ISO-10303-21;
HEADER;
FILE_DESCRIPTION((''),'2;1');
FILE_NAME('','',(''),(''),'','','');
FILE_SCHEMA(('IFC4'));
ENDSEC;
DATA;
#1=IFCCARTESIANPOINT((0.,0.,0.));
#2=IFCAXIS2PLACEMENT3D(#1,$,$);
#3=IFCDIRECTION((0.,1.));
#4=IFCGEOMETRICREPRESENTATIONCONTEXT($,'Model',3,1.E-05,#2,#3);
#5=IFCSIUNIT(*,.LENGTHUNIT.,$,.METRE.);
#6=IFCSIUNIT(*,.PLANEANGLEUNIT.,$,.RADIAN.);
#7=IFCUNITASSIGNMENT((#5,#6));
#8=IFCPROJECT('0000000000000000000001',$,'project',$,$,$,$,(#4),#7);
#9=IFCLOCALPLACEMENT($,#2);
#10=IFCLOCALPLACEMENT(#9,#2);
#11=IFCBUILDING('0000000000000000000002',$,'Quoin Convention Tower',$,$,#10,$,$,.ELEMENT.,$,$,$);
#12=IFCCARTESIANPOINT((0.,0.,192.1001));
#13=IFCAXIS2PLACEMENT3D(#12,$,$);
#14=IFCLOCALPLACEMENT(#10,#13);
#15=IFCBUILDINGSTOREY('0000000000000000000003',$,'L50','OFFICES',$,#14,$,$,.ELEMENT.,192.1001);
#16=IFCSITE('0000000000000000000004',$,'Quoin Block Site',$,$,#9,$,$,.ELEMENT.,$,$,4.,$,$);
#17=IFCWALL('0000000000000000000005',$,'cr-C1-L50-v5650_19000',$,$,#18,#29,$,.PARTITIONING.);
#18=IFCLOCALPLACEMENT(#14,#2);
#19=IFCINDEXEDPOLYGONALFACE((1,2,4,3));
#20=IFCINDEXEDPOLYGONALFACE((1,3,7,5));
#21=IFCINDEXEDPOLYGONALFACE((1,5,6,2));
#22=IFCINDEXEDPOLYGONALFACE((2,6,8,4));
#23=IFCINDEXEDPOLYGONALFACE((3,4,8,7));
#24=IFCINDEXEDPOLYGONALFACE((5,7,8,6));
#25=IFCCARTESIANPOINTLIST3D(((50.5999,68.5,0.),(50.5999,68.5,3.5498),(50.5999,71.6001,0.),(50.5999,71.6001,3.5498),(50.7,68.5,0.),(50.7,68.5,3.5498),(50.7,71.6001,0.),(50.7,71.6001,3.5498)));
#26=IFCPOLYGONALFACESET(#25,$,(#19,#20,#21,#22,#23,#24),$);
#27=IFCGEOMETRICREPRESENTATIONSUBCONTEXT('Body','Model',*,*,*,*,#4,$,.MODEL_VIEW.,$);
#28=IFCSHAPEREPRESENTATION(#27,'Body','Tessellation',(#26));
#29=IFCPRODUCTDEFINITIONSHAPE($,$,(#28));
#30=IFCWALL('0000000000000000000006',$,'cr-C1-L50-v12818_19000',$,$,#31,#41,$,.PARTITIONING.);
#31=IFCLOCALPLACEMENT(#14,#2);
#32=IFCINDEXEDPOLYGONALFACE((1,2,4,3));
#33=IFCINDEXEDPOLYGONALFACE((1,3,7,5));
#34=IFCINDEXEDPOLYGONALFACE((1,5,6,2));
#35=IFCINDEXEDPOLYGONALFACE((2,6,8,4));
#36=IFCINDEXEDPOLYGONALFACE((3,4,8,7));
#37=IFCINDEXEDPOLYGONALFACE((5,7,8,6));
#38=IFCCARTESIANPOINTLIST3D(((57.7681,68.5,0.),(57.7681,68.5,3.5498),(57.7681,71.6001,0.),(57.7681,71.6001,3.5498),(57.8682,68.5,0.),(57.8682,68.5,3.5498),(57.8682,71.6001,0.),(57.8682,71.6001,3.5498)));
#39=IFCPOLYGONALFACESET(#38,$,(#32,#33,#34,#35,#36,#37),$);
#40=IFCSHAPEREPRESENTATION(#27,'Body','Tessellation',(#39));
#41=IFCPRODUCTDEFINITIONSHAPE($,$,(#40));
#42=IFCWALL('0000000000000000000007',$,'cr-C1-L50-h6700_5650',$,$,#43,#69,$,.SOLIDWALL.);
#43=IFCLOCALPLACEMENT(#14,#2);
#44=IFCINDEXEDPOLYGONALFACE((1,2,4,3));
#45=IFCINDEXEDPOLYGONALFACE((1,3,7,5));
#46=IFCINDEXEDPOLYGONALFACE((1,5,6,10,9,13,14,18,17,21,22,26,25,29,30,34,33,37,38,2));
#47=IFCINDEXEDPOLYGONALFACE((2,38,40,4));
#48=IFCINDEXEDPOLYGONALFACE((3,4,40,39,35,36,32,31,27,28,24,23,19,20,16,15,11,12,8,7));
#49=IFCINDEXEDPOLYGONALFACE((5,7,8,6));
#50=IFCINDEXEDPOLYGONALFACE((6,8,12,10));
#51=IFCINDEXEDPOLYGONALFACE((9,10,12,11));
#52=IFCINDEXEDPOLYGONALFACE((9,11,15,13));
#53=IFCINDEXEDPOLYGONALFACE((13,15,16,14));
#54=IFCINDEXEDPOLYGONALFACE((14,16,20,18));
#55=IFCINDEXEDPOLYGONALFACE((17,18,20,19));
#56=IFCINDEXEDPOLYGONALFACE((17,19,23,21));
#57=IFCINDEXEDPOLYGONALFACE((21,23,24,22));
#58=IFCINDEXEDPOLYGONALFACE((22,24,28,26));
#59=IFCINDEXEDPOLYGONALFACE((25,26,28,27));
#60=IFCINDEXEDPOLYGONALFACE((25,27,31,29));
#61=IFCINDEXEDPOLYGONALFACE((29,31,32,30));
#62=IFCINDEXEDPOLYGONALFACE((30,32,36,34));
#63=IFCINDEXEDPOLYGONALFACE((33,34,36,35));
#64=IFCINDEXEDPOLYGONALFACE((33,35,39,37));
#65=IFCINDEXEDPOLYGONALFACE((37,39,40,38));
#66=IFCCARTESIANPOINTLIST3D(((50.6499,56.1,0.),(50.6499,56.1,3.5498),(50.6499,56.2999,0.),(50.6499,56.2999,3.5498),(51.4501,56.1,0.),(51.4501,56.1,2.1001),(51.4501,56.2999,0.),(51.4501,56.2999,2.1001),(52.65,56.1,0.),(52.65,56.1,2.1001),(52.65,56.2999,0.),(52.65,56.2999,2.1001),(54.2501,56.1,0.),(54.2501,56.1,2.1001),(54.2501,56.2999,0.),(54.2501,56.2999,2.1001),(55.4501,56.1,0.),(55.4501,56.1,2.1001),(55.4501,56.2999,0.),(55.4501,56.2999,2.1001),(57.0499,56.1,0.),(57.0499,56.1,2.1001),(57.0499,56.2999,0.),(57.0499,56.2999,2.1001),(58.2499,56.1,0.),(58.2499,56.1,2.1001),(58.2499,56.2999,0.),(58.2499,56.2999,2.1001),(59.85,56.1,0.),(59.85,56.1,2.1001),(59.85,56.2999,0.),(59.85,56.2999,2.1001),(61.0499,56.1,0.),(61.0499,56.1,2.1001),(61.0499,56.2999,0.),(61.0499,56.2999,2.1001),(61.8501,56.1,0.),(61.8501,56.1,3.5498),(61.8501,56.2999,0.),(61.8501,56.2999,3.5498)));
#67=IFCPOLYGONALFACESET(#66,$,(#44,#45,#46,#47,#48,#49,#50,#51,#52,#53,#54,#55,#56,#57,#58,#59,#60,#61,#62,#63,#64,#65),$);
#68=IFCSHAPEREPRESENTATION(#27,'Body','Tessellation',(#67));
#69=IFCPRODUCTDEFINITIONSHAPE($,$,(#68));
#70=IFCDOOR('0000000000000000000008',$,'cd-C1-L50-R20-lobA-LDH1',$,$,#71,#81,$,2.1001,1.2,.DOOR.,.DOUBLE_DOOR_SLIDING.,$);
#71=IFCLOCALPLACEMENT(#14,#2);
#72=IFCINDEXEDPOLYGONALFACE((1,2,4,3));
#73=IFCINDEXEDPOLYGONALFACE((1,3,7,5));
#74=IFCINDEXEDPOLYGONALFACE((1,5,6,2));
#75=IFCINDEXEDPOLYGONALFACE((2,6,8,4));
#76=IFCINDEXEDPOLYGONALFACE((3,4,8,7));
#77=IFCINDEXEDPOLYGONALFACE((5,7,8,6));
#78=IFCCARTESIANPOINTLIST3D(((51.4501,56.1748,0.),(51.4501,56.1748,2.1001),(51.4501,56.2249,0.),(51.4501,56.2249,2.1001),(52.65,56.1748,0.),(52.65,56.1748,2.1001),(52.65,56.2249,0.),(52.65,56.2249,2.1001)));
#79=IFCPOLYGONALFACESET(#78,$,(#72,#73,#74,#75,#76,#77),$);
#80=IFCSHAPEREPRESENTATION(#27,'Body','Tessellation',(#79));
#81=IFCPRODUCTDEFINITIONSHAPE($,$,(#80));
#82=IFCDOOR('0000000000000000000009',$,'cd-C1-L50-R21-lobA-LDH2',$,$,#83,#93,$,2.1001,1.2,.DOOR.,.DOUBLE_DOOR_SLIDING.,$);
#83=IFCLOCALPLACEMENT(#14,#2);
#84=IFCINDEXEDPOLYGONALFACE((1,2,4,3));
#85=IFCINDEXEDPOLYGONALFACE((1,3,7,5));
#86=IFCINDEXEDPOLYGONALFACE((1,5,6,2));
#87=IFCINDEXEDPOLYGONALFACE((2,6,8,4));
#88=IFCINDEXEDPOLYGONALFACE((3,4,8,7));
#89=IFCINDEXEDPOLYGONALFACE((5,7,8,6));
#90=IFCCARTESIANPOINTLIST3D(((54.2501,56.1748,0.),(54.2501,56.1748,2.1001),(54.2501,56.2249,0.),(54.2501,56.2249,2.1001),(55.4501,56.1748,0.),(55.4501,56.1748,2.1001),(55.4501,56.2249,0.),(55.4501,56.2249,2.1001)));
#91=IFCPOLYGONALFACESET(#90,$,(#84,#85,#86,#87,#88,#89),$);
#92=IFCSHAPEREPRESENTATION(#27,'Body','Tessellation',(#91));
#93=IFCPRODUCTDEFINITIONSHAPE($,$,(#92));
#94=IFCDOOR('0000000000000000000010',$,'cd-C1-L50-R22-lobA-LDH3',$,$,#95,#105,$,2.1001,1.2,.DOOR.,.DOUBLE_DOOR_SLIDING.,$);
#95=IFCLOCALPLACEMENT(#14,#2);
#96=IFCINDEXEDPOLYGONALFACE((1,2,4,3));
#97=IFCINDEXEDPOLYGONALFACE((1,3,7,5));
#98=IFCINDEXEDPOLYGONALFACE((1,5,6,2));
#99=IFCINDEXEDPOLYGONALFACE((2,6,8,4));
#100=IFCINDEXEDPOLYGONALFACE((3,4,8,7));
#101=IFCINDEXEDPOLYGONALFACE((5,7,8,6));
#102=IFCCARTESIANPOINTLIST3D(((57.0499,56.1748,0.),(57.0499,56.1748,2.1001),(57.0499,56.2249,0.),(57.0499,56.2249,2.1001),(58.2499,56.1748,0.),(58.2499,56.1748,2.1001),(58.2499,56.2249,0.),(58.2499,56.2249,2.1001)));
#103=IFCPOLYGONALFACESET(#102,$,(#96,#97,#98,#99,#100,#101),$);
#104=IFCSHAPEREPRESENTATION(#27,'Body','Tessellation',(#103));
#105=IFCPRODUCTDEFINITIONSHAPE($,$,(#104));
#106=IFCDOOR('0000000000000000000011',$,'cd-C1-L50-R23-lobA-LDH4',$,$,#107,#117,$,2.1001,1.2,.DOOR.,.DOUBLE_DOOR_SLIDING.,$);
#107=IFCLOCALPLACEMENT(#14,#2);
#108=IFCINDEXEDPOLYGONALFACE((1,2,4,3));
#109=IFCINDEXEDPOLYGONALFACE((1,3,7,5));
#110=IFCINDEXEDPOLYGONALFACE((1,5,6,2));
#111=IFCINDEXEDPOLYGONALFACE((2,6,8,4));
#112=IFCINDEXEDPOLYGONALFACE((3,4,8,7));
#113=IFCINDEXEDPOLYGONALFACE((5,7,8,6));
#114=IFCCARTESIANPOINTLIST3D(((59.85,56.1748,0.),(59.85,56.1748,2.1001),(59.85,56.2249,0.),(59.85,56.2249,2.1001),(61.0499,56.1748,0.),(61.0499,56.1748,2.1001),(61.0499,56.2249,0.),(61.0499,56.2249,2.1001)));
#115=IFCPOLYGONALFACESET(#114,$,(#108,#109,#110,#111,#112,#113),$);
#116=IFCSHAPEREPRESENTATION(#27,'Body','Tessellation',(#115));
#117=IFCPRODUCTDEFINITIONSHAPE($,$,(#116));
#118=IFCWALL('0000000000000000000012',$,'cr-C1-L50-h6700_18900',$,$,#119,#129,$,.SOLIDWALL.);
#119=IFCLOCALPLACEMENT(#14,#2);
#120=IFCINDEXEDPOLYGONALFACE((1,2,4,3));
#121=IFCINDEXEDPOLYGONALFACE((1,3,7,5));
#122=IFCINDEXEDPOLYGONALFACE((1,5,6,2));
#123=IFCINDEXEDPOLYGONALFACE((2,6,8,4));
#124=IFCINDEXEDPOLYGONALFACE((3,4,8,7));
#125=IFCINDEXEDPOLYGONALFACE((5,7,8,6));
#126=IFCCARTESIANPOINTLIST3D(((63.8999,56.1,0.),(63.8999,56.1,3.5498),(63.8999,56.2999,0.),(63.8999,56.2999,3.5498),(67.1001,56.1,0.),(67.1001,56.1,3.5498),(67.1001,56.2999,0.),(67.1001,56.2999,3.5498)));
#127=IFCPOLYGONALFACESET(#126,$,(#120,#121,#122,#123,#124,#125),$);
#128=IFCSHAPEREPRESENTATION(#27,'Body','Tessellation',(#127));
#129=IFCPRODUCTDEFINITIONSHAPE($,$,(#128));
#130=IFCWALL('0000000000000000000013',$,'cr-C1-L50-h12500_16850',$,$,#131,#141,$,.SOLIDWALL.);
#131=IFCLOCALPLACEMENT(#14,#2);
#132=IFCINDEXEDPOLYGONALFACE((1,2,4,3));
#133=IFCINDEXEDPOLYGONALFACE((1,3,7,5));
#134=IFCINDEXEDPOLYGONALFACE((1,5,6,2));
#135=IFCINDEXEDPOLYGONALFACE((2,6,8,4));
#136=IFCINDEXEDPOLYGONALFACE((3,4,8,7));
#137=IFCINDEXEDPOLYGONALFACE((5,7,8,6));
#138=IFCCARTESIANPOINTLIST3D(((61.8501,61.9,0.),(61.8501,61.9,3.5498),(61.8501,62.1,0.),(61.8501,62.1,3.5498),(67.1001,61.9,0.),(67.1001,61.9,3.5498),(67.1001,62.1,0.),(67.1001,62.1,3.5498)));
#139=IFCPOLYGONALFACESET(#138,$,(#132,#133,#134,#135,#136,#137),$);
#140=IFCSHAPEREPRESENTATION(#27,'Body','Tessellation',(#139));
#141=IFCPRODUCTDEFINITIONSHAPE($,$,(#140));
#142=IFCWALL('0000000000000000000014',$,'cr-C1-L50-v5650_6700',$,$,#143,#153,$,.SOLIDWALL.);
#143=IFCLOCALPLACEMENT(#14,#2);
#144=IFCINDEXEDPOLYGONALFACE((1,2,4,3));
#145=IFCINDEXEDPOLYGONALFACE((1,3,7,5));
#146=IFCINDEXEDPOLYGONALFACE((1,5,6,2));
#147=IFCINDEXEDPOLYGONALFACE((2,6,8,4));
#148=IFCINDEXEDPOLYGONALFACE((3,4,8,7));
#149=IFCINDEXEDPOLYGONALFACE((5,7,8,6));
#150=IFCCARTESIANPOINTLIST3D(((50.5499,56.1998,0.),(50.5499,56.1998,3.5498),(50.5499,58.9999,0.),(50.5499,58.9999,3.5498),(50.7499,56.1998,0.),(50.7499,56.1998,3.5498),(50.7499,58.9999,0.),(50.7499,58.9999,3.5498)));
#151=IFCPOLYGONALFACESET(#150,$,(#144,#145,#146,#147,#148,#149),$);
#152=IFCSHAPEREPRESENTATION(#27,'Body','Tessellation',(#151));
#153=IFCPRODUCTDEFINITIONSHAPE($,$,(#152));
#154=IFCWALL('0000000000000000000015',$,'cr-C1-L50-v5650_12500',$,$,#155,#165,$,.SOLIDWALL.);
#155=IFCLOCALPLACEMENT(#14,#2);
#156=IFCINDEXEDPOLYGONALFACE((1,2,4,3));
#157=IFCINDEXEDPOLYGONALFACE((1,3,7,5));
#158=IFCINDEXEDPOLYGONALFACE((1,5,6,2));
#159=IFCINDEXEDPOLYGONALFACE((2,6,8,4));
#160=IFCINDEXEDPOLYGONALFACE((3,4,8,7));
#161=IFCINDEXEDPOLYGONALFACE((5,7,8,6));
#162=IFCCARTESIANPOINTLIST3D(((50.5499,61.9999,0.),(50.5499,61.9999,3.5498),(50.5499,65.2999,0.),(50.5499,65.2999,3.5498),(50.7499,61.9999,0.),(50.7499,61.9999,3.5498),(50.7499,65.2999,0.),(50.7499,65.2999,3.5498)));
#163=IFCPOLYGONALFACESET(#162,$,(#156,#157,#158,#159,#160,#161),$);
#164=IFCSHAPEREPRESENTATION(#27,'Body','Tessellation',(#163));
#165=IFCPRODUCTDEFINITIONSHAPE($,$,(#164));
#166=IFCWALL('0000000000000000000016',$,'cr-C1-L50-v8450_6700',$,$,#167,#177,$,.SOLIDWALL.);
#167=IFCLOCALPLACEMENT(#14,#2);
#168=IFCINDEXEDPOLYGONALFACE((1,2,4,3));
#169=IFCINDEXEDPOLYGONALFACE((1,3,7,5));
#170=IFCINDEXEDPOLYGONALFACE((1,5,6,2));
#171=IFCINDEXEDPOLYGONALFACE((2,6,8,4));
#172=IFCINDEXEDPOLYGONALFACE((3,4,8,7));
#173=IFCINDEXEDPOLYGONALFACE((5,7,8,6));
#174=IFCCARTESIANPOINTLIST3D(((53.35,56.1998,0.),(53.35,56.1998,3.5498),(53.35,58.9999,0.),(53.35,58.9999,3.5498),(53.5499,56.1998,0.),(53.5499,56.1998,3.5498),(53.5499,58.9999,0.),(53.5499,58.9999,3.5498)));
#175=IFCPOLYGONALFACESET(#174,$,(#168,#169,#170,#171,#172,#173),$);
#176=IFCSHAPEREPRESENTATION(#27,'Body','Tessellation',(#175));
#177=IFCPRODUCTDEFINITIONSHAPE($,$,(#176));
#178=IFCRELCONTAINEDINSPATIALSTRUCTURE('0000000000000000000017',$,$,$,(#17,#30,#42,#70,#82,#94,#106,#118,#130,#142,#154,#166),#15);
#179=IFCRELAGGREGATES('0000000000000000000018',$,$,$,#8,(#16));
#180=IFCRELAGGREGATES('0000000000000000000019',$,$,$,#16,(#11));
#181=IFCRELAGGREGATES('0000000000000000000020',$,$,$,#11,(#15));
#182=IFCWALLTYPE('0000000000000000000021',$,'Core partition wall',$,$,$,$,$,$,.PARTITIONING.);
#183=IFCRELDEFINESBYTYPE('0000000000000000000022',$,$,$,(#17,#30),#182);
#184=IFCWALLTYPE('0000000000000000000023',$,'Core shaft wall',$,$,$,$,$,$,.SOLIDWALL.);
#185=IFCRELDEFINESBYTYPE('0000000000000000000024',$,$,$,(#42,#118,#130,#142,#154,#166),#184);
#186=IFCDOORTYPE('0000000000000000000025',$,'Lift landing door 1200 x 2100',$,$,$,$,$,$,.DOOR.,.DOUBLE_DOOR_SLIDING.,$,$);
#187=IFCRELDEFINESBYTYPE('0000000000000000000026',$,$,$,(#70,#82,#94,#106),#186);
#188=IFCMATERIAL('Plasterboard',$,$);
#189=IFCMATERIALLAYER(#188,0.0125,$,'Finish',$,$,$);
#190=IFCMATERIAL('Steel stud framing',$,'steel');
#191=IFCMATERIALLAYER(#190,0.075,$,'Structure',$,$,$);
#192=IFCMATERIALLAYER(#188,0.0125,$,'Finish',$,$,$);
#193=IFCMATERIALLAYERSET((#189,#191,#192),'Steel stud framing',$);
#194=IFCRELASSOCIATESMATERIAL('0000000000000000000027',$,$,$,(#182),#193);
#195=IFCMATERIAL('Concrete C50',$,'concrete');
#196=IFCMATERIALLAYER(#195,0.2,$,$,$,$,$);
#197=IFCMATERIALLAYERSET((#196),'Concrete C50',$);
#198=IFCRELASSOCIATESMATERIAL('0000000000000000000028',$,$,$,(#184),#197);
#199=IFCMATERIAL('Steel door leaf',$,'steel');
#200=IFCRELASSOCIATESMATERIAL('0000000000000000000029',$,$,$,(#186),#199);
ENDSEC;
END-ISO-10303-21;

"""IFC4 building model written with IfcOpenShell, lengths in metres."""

from ifc_helpers import new_model, si_unit, direction, frame, frame_2d, origin, place, context, subcontext, project, spatial, rectangle, extrude, material, layer, layer_set, type_object, element, fill, save


model = new_model("IFC4")

# Units and contexts
model_context = context("Model", 3, precision=1e-05, world=origin(), true_north=direction((0.0, 1.0)))
body_context = subcontext(model_context, "Body", "Model", "MODEL_VIEW")
ifc_project = project(units=[si_unit("LENGTHUNIT", "METRE"), si_unit("PLANEANGLEUNIT", "RADIAN")], contexts=[model_context])

# Site, building, storey
site_placement = place(None, origin())
site = spatial("IfcSite", under=ifc_project, at=site_placement, Name="Quoin Block Site", CompositionType="ELEMENT", RefElevation=4.0)
building_placement = place(site_placement, origin())
building = spatial("IfcBuilding", under=site, at=building_placement, Name="Quoin Convention Tower", CompositionType="ELEMENT")
storey_placement = place(building_placement, frame((0.0, 0.0, 192.1001)))
storey = spatial("IfcBuildingStorey", under=building, at=storey_placement, Name="L50", Description="OFFICES", CompositionType="ELEMENT", Elevation=192.1001)

# Walls
ifc_material_1 = material(Name="Plasterboard")
ifc_layer_1 = layer(ifc_material_1, 0.0125, Name="Finish")
ifc_material_2 = material(Name="Steel stud framing", Category="steel")
ifc_layer_2 = layer(ifc_material_2, 0.075, Name="Structure")
ifc_layer_3 = layer(ifc_material_1, 0.0125, Name="Finish")
ifc_layer_set_1 = layer_set([ifc_layer_1, ifc_layer_2, ifc_layer_3], Name="Steel stud framing")
wall_type_1 = type_object("IfcWallType", Name="Core partition wall", PredefinedType="PARTITIONING", material=ifc_layer_set_1)
for number, where, z_axis, x_axis, name in (
    (1, (50.6499, 68.5, 0.0), (0.0, 0.0, 1.0), (0.0, 1.0, 0.0), "cr-C1-L50-v5650_19000"),
    (2, (57.8181, 68.5, 0.0), (0.0, 0.0, 1.0), (0.0, 1.0, 0.0), "cr-C1-L50-v12818_19000"),
):
    element("IfcWall", number, at=place(storey_placement, frame(where, z_axis=z_axis, x_axis=x_axis)), inside=storey, type_object=wall_type_1, Name=name, PredefinedType="PARTITIONING", context=body_context, shape_type="SweptSolid", body=[
        extrude(rectangle(XDim=3.1001, YDim=0.1001, at=frame_2d((1.55, 0.0))), origin(), (0.0, 0.0, 1.0), 3.5498),
    ])

# Wall, openings, doors
ifc_material_3 = material(Name="Concrete C50", Category="concrete")
ifc_layer_4 = layer(ifc_material_3, 0.2)
ifc_layer_set_2 = layer_set([ifc_layer_4], Name="Concrete C50")
wall_type_2 = type_object("IfcWallType", Name="Core shaft wall", PredefinedType="SOLIDWALL", material=ifc_layer_set_2)
wall_1_placement = place(storey_placement, frame((50.6499, 56.2, 0.0), z_axis=(0.0, 0.0, 1.0), x_axis=(1.0, 0.0, 0.0)))
wall_1 = element("IfcWall", 3, at=wall_1_placement, inside=storey, type_object=wall_type_2, Name="cr-C1-L50-h6700_5650", PredefinedType="SOLIDWALL", context=body_context, shape_type="SweptSolid", body=[
    extrude(rectangle(XDim=11.2002, YDim=0.2, at=frame_2d((5.6001, 0.0))), origin(), (0.0, 0.0, 1.0), 3.5498),
])
opening_1_placement = place(wall_1_placement, frame((0.8, 0.0, 0.0)))
opening_1 = element("IfcOpeningElement", 4, at=opening_1_placement, cuts=wall_1, PredefinedType="OPENING", context=body_context, shape_type="SweptSolid", body=[
    extrude(rectangle(XDim=1.2, YDim=2.1001, at=frame_2d((0.6001, 1.05))), frame((0.0, 0.1099, 0.0), z_axis=(0.0, -1.0, 0.0), x_axis=(1.0, 0.0, 0.0)), (0.0, 0.0, 1.0), 0.22),
])
opening_2_placement = place(wall_1_placement, frame((3.6001, 0.0, 0.0)))
opening_2 = element("IfcOpeningElement", 5, at=opening_2_placement, cuts=wall_1, PredefinedType="OPENING", context=body_context, shape_type="SweptSolid", body=[
    extrude(rectangle(XDim=1.2, YDim=2.1001, at=frame_2d((0.6001, 1.05))), frame((0.0, 0.1099, 0.0), z_axis=(0.0, -1.0, 0.0), x_axis=(1.0, 0.0, 0.0)), (0.0, 0.0, 1.0), 0.22),
])
opening_3_placement = place(wall_1_placement, frame((6.3999, 0.0, 0.0)))
opening_3 = element("IfcOpeningElement", 6, at=opening_3_placement, cuts=wall_1, PredefinedType="OPENING", context=body_context, shape_type="SweptSolid", body=[
    extrude(rectangle(XDim=1.2, YDim=2.1001, at=frame_2d((0.6001, 1.05))), frame((0.0, 0.1099, 0.0), z_axis=(0.0, -1.0, 0.0), x_axis=(1.0, 0.0, 0.0)), (0.0, 0.0, 1.0), 0.22),
])
opening_4_placement = place(wall_1_placement, frame((9.2, 0.0, 0.0)))
opening_4 = element("IfcOpeningElement", 7, at=opening_4_placement, cuts=wall_1, PredefinedType="OPENING", context=body_context, shape_type="SweptSolid", body=[
    extrude(rectangle(XDim=1.2, YDim=2.1001, at=frame_2d((0.6001, 1.05))), frame((0.0, 0.1099, 0.0), z_axis=(0.0, -1.0, 0.0), x_axis=(1.0, 0.0, 0.0)), (0.0, 0.0, 1.0), 0.22),
])
ifc_material_4 = material(Name="Steel door leaf", Category="steel")
door_type = type_object("IfcDoorType", Name="Lift landing door 1200 x 2100", OperationType="DOUBLE_DOOR_SLIDING", PredefinedType="DOOR", material=ifc_material_4)
door_1_placement = place(opening_1_placement, origin())
door_1 = element("IfcDoor", 8, at=door_1_placement, inside=storey, type_object=door_type, Name="cd-C1-L50-R20-lobA-LDH1", OperationType="DOUBLE_DOOR_SLIDING", OverallHeight=2.1001, OverallWidth=1.2, PredefinedType="DOOR", context=body_context, shape_type="SweptSolid", body=[
    extrude(rectangle(XDim=1.2, YDim=2.1001, at=frame_2d((0.6001, 1.05))), frame((0.0, 0.0249, 0.0), z_axis=(0.0, -1.0, 0.0), x_axis=(1.0, 0.0, 0.0)), (0.0, 0.0, 1.0), 0.05),
])
fill(opening_1, door_1)
door_2_placement = place(opening_2_placement, origin())
door_2 = element("IfcDoor", 9, at=door_2_placement, inside=storey, type_object=door_type, Name="cd-C1-L50-R21-lobA-LDH2", OperationType="DOUBLE_DOOR_SLIDING", OverallHeight=2.1001, OverallWidth=1.2, PredefinedType="DOOR", context=body_context, shape_type="SweptSolid", body=[
    extrude(rectangle(XDim=1.2, YDim=2.1001, at=frame_2d((0.6001, 1.05))), frame((0.0, 0.0249, 0.0), z_axis=(0.0, -1.0, 0.0), x_axis=(1.0, 0.0, 0.0)), (0.0, 0.0, 1.0), 0.05),
])
fill(opening_2, door_2)
door_3_placement = place(opening_3_placement, origin())
door_3 = element("IfcDoor", 10, at=door_3_placement, inside=storey, type_object=door_type, Name="cd-C1-L50-R22-lobA-LDH3", OperationType="DOUBLE_DOOR_SLIDING", OverallHeight=2.1001, OverallWidth=1.2, PredefinedType="DOOR", context=body_context, shape_type="SweptSolid", body=[
    extrude(rectangle(XDim=1.2, YDim=2.1001, at=frame_2d((0.6001, 1.05))), frame((0.0, 0.0249, 0.0), z_axis=(0.0, -1.0, 0.0), x_axis=(1.0, 0.0, 0.0)), (0.0, 0.0, 1.0), 0.05),
])
fill(opening_3, door_3)
door_4_placement = place(opening_4_placement, origin())
door_4 = element("IfcDoor", 11, at=door_4_placement, inside=storey, type_object=door_type, Name="cd-C1-L50-R23-lobA-LDH4", OperationType="DOUBLE_DOOR_SLIDING", OverallHeight=2.1001, OverallWidth=1.2, PredefinedType="DOOR", context=body_context, shape_type="SweptSolid", body=[
    extrude(rectangle(XDim=1.2, YDim=2.1001, at=frame_2d((0.6001, 1.05))), frame((0.0, 0.0249, 0.0), z_axis=(0.0, -1.0, 0.0), x_axis=(1.0, 0.0, 0.0)), (0.0, 0.0, 1.0), 0.05),
])
fill(opening_4, door_4)

# Walls
wall_2_placement = place(storey_placement, frame((63.8999, 56.2, 0.0), z_axis=(0.0, 0.0, 1.0), x_axis=(1.0, 0.0, 0.0)))
element("IfcWall", 12, at=wall_2_placement, inside=storey, type_object=wall_type_2, Name="cr-C1-L50-h6700_18900", PredefinedType="SOLIDWALL", context=body_context, shape_type="SweptSolid", body=[
    extrude(rectangle(XDim=3.2002, YDim=0.2, at=frame_2d((1.6001, 0.0))), origin(), (0.0, 0.0, 1.0), 3.5498),
])
wall_3_placement = place(storey_placement, frame((61.8501, 62.0, 0.0), z_axis=(0.0, 0.0, 1.0), x_axis=(1.0, 0.0, 0.0)))
element("IfcWall", 13, at=wall_3_placement, inside=storey, type_object=wall_type_2, Name="cr-C1-L50-h12500_16850", PredefinedType="SOLIDWALL", context=body_context, shape_type="SweptSolid", body=[
    extrude(rectangle(XDim=5.25, YDim=0.2, at=frame_2d((2.625, 0.0))), origin(), (0.0, 0.0, 1.0), 3.5498),
])
wall_4_placement = place(storey_placement, frame((50.6499, 56.2, 0.0), z_axis=(0.0, 0.0, 1.0), x_axis=(0.0, 1.0, 0.0)))
element("IfcWall", 14, at=wall_4_placement, inside=storey, type_object=wall_type_2, Name="cr-C1-L50-v5650_6700", PredefinedType="SOLIDWALL", context=body_context, shape_type="SweptSolid", body=[
    extrude(rectangle(XDim=2.8, YDim=0.2, at=frame_2d((1.3999, 0.0))), origin(), (0.0, 0.0, 1.0), 3.5498),
])
wall_5_placement = place(storey_placement, frame((50.6499, 62.0, 0.0), z_axis=(0.0, 0.0, 1.0), x_axis=(0.0, 1.0, 0.0)))
element("IfcWall", 15, at=wall_5_placement, inside=storey, type_object=wall_type_2, Name="cr-C1-L50-v5650_12500", PredefinedType="SOLIDWALL", context=body_context, shape_type="SweptSolid", body=[
    extrude(rectangle(XDim=3.3, YDim=0.2, at=frame_2d((1.6499, 0.0))), origin(), (0.0, 0.0, 1.0), 3.5498),
])
for number, where, z_axis, x_axis, name in (
    (16, (53.45, 56.2, 0.0), (0.0, 0.0, 1.0), (0.0, 1.0, 0.0), "cr-C1-L50-v8450_6700"),
):
    element("IfcWall", number, at=place(storey_placement, frame(where, z_axis=z_axis, x_axis=x_axis)), inside=storey, type_object=wall_type_2, Name=name, PredefinedType="SOLIDWALL", context=body_context, shape_type="SweptSolid", body=[
        extrude(rectangle(XDim=2.8, YDim=0.2, at=frame_2d((1.3999, 0.0))), origin(), (0.0, 0.0, 1.0), 3.5498),
    ])

save(model, "model.ifc")
